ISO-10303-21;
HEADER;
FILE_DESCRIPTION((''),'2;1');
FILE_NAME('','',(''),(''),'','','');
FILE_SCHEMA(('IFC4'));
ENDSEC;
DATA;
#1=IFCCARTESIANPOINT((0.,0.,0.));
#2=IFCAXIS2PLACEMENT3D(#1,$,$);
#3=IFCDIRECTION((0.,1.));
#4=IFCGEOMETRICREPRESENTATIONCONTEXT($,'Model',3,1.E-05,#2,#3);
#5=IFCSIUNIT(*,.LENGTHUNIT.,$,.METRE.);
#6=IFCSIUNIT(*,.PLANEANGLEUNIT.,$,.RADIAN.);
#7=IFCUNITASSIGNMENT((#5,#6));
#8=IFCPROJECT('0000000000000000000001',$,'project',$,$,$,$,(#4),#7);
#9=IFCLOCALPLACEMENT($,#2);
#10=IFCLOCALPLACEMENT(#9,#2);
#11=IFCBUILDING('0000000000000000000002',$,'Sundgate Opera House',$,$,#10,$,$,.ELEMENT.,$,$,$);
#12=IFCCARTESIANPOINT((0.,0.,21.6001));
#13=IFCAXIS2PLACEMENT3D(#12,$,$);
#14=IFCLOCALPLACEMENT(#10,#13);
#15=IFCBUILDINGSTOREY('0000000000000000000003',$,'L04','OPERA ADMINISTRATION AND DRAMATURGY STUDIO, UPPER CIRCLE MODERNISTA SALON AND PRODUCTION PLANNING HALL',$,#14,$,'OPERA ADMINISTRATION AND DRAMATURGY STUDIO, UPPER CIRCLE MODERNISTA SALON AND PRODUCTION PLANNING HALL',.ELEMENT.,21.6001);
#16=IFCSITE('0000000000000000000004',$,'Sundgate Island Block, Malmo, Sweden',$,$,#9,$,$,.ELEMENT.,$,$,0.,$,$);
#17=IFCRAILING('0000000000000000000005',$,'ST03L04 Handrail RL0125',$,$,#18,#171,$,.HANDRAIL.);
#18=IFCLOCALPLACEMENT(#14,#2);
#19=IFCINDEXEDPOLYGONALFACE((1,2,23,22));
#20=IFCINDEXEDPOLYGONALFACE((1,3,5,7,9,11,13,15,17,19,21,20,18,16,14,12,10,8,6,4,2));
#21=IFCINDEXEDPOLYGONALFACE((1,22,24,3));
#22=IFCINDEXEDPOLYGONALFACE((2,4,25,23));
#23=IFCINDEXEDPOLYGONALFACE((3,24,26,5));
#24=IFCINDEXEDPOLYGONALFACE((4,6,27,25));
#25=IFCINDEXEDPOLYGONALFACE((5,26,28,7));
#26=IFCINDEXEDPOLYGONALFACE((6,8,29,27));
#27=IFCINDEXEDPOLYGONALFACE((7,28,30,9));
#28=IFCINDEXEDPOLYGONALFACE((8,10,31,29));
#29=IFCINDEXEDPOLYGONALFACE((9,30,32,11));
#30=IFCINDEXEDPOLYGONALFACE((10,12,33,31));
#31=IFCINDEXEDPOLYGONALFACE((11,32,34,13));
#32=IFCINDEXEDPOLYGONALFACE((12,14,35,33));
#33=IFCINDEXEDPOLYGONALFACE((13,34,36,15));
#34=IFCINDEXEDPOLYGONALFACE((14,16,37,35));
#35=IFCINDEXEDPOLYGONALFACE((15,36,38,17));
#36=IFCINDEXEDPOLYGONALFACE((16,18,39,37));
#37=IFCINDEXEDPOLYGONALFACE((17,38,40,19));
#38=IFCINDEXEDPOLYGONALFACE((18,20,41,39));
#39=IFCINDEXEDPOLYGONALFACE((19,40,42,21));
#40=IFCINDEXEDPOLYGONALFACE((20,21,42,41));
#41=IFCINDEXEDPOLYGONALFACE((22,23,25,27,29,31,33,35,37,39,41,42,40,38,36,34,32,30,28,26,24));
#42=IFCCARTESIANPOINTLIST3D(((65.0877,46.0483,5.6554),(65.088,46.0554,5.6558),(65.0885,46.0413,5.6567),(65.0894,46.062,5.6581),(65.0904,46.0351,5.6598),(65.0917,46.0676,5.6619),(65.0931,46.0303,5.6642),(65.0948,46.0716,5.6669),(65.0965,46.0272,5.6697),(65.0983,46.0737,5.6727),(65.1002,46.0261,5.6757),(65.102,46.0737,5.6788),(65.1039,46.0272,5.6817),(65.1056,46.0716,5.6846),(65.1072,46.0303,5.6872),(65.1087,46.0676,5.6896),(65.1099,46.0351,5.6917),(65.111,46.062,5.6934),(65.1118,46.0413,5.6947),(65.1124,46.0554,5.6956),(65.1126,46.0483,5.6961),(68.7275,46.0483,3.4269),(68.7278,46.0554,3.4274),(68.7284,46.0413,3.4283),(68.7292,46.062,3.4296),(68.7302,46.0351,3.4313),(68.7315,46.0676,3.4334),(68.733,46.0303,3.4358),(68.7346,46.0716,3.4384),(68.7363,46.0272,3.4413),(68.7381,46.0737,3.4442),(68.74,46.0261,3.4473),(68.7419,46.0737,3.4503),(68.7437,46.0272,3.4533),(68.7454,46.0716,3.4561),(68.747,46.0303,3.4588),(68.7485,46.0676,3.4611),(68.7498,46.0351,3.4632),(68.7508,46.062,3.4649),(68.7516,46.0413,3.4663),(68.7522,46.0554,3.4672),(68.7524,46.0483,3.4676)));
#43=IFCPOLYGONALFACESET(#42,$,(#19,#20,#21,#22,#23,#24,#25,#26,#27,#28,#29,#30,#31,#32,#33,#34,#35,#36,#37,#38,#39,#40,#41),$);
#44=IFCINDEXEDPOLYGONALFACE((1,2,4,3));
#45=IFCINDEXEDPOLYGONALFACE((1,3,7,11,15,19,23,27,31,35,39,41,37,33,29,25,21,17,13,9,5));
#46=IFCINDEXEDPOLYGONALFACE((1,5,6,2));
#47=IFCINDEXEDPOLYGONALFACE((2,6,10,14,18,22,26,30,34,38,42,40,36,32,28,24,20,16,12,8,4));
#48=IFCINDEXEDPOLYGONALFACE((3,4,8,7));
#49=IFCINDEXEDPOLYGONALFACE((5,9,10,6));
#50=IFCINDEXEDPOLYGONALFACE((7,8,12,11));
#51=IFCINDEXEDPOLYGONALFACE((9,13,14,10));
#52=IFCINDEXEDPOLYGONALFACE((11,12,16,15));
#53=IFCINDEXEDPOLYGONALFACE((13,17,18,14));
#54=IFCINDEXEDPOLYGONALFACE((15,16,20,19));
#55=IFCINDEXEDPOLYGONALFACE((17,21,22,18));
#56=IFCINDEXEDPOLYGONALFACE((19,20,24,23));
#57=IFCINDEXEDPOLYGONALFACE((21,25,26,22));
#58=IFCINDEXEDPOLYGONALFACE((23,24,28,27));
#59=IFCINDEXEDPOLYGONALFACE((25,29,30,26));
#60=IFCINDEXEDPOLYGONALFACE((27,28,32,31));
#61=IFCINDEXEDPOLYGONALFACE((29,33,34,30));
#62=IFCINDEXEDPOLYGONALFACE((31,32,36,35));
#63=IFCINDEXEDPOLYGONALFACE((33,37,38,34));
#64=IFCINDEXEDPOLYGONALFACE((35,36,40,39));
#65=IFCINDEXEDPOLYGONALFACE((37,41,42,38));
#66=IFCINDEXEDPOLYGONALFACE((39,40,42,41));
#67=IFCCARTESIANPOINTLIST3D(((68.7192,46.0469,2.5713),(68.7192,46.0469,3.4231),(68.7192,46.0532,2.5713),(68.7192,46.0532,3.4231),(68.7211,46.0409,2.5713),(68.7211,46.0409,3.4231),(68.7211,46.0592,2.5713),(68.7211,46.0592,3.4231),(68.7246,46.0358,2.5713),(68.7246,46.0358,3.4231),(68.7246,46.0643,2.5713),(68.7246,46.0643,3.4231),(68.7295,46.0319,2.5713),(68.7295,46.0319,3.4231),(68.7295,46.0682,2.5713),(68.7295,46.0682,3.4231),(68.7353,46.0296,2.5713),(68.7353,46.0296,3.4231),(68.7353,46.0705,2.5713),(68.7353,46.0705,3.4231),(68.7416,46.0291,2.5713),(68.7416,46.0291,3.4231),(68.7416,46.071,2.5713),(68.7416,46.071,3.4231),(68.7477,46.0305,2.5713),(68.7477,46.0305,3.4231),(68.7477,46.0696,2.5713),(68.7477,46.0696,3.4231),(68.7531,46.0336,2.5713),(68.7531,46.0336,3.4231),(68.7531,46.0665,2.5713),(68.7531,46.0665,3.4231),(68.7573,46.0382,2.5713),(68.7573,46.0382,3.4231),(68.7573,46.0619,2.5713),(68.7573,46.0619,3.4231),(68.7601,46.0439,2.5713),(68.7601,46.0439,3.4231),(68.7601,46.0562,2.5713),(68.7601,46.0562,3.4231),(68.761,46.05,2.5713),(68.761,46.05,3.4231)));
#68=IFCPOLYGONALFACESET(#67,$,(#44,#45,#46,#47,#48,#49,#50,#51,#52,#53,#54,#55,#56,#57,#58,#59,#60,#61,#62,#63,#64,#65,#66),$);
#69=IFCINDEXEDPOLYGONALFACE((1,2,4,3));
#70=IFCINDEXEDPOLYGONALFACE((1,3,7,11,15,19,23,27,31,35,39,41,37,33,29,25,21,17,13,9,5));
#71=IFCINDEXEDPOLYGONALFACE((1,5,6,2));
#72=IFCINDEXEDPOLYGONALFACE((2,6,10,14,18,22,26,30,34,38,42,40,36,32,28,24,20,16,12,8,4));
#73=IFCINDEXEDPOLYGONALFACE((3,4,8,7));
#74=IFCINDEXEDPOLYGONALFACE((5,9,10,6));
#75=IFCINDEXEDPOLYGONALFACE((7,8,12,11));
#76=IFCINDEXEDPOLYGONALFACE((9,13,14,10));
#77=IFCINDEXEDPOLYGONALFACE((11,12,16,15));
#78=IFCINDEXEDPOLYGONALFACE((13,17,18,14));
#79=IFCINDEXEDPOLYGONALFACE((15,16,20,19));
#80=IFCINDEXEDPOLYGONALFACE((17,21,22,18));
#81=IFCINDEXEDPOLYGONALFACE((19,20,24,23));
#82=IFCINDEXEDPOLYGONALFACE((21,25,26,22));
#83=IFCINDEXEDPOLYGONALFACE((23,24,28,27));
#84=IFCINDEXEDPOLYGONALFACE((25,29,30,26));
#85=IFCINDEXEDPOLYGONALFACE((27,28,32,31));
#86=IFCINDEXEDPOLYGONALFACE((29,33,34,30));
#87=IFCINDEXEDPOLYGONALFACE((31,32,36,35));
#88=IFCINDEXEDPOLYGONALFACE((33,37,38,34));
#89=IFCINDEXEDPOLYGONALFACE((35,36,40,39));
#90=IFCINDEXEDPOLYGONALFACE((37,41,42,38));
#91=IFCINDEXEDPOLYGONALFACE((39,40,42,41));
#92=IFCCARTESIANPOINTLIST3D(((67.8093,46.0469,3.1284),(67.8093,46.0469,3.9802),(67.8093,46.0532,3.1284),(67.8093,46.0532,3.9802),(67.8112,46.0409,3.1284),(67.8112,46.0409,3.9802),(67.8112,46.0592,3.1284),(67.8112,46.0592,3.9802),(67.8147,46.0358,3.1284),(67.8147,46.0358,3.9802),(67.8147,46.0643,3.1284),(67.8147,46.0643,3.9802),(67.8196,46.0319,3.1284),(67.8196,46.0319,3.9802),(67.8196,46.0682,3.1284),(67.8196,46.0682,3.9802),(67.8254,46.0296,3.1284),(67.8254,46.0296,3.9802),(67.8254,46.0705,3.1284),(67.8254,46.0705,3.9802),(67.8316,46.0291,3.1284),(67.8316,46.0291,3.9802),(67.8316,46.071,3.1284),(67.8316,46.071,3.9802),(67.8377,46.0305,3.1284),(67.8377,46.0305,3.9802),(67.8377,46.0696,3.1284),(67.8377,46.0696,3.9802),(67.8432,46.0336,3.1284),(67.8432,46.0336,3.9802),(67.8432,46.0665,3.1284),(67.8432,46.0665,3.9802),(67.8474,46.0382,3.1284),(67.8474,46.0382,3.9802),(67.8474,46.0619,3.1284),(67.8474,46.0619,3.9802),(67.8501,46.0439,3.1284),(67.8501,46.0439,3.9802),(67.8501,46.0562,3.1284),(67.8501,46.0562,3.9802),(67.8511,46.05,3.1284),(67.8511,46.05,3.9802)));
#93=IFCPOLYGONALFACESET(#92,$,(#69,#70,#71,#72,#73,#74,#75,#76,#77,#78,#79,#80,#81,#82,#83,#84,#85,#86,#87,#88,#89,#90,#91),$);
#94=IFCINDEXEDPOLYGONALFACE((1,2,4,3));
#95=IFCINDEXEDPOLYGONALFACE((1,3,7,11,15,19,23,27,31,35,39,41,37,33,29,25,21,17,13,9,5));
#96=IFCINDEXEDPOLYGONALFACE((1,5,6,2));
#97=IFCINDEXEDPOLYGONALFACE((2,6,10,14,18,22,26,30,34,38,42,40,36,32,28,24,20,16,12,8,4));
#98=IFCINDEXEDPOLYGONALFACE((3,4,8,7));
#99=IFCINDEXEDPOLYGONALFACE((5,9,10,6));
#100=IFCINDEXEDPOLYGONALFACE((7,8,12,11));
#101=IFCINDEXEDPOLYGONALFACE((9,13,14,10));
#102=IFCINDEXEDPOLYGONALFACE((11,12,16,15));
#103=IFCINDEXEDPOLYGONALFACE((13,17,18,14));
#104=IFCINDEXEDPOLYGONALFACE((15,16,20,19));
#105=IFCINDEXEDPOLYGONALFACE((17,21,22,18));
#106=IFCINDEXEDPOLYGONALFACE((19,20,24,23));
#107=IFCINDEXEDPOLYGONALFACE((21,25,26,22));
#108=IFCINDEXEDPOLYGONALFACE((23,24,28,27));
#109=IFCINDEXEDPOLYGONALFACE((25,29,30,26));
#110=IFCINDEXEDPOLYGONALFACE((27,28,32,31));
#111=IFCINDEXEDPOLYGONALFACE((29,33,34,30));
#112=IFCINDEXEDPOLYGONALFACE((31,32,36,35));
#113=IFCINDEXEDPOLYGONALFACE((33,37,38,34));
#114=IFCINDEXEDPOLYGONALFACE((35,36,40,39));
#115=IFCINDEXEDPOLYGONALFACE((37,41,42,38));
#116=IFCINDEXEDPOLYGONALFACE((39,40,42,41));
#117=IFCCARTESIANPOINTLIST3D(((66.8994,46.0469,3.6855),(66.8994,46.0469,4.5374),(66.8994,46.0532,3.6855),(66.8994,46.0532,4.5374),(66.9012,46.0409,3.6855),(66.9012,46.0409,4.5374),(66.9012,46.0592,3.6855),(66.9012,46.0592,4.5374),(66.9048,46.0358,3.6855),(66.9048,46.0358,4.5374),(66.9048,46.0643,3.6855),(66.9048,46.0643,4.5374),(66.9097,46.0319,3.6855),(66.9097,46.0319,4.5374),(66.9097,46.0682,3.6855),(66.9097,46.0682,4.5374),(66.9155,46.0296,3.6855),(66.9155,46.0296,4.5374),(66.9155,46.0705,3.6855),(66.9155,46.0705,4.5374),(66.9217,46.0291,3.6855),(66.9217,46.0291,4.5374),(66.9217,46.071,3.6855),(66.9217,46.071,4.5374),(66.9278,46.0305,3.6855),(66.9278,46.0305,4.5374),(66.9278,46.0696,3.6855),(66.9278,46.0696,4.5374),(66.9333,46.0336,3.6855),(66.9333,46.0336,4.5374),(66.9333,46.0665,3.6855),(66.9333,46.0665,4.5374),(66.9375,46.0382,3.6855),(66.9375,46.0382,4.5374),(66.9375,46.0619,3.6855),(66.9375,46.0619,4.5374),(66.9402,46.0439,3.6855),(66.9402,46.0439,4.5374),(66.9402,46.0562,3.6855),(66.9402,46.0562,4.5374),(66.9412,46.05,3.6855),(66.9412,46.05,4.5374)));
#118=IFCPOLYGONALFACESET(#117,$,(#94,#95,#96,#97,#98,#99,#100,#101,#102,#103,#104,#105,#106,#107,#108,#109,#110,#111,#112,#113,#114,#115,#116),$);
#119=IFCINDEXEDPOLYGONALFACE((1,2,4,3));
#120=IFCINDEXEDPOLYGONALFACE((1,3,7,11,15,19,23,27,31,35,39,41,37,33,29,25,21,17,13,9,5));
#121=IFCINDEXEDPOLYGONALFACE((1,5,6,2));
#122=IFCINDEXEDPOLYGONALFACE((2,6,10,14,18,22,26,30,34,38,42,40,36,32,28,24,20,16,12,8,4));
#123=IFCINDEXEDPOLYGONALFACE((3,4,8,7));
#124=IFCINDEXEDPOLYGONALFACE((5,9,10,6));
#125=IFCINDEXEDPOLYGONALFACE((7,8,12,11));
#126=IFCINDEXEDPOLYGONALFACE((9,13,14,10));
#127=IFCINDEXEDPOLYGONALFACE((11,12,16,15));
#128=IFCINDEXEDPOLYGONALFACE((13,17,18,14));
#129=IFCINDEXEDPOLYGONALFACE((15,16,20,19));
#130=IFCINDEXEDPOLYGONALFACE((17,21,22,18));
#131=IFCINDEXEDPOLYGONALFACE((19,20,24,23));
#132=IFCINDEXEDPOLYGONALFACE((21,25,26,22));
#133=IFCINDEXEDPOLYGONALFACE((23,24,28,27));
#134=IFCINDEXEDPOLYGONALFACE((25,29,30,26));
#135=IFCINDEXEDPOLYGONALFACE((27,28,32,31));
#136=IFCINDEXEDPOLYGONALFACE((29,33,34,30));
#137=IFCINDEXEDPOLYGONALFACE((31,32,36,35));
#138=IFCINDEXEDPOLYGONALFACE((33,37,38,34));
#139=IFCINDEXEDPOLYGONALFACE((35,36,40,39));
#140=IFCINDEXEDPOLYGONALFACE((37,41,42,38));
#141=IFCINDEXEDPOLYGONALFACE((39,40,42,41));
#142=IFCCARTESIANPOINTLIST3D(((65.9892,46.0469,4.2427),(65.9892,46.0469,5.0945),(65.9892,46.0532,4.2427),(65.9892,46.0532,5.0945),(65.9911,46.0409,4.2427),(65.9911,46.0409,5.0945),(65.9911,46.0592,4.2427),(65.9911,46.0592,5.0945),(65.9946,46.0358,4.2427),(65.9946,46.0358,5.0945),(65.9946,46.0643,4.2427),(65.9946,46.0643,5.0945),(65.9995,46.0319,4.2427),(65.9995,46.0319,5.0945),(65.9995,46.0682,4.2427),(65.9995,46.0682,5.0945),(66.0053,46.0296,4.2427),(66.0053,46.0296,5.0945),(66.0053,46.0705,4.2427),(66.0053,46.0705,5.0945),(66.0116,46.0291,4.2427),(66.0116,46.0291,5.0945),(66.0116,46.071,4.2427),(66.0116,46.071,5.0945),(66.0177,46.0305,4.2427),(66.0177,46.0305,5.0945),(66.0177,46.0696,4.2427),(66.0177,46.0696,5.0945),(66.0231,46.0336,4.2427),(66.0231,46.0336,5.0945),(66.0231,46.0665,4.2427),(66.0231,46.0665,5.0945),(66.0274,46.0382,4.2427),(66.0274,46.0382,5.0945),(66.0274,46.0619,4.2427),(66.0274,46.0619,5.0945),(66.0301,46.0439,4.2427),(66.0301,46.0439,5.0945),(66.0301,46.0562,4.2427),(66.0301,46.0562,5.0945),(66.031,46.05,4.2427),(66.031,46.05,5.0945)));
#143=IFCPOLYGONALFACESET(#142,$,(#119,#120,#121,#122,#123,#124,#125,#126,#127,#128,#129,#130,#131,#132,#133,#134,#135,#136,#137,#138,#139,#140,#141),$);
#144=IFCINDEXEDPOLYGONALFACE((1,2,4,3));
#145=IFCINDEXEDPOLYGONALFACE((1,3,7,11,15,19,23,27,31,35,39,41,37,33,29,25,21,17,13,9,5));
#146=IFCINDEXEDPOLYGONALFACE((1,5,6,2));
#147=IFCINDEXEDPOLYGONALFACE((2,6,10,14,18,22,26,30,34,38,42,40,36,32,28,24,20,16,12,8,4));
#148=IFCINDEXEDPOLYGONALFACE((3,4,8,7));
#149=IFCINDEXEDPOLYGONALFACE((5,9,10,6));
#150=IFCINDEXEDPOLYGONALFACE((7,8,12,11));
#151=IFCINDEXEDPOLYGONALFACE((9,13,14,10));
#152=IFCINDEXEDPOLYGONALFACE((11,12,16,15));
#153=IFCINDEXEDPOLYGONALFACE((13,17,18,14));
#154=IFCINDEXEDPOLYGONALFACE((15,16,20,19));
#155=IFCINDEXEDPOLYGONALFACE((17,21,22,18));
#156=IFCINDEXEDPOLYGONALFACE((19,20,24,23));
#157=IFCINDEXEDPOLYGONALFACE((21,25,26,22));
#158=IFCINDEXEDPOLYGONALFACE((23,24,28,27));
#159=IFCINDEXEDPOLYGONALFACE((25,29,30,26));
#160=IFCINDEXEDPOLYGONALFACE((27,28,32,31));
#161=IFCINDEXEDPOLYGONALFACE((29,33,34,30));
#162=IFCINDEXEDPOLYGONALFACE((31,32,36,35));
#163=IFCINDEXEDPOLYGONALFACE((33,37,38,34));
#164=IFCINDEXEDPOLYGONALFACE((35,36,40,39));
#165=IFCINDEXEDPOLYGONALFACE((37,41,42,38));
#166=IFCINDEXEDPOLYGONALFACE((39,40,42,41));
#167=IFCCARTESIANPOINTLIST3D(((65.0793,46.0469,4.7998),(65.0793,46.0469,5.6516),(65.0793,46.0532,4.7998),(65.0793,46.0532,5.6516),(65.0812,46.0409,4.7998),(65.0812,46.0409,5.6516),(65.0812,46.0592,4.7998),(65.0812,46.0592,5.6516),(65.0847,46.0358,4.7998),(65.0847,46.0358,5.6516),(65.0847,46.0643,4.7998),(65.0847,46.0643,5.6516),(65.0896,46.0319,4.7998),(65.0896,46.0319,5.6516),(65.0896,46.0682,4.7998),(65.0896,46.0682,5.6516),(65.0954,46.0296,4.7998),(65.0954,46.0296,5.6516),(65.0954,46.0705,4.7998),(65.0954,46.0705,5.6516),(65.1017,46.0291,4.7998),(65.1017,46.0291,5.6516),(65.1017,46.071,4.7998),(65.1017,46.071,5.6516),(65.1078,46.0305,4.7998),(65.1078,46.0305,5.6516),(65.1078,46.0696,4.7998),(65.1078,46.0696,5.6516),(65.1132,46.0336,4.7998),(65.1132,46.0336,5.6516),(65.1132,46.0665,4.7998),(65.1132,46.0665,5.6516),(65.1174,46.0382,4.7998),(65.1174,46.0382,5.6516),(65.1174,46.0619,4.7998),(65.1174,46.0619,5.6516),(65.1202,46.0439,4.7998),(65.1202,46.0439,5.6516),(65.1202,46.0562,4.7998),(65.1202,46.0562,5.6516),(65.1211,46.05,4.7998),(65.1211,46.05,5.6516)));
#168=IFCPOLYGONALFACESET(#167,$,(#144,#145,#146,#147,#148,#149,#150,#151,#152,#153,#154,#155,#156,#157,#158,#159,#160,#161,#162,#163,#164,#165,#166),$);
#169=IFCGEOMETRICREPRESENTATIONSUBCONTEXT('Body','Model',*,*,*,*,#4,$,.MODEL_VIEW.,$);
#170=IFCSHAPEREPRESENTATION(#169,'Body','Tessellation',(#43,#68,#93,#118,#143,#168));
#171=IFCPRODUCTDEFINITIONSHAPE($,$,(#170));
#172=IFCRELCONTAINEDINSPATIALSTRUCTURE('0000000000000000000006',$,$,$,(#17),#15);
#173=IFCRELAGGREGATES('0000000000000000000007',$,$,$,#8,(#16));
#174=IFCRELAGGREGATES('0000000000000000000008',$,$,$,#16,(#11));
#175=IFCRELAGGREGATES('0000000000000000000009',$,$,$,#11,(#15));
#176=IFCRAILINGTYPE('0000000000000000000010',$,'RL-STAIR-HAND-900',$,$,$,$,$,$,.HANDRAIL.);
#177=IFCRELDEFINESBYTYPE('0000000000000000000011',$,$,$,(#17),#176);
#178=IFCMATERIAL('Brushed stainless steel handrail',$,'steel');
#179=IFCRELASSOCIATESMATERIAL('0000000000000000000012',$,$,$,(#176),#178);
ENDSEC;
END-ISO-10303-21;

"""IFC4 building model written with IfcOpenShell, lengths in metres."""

from ifc_helpers import new_model, si_unit, direction, frame, origin, origin_2d, place, context, subcontext, project, spatial, circle, extrude, material, type_object, element, save


model = new_model("IFC4")

# Units and contexts
model_context = context("Model", 3, precision=1e-05, world=origin(), true_north=direction((0.0, 1.0)))
body_context = subcontext(model_context, "Body", "Model", "MODEL_VIEW")
ifc_project = project(units=[si_unit("LENGTHUNIT", "METRE"), si_unit("PLANEANGLEUNIT", "RADIAN")], contexts=[model_context])

# Site, building, storey
site_placement = place(None, origin())
site = spatial("IfcSite", under=ifc_project, at=site_placement, Name="Sundgate Island Block, Malmo, Sweden", CompositionType="ELEMENT", RefElevation=0.0)
building_placement = place(site_placement, origin())
building = spatial("IfcBuilding", under=site, at=building_placement, Name="Sundgate Opera House", CompositionType="ELEMENT")
storey_placement = place(building_placement, frame((0.0, 0.0, 21.6001)))
storey = spatial("IfcBuildingStorey", under=building, at=storey_placement, Name="L04", Description="OPERA ADMINISTRATION AND DRAMATURGY STUDIO, UPPER CIRCLE MODERNISTA SALON AND PRODUCTION PLANNING HALL", LongName="OPERA ADMINISTRATION AND DRAMATURGY STUDIO, UPPER CIRCLE MODERNISTA SALON AND PRODUCTION PLANNING HALL", CompositionType="ELEMENT", Elevation=21.6001)

# Railing
ifc_material_1 = material(Name="Brushed stainless steel handrail", Category="steel")
railing_type = type_object("IfcRailingType", Name="RL-STAIR-HAND-900", PredefinedType="HANDRAIL", material=ifc_material_1)
railing_placement = place(storey_placement, frame((68.74, 46.05, 2.5713)))
element("IfcRailing", 1, at=railing_placement, inside=storey, type_object=railing_type, Name="ST03L04 Handrail RL0125", PredefinedType="HANDRAIL", context=body_context, shape_type="SweptSolid", body=[
    extrude(circle(Radius=0.0239, at=origin_2d()), frame((0.0, 0.0, 0.876), z_axis=(-0.85285, 0.0, 0.522156), x_axis=(0.0, -1.0, 0.0)), (0.0, 0.0, 1.0), 4.2678),
    extrude(circle(Radius=0.021, at=origin_2d()), origin(), (0.0, 0.0, 1.0), 0.8518),
    extrude(circle(Radius=0.021, at=origin_2d()), frame((-0.9099, 0.0, 0.5571)), (0.0, 0.0, 1.0), 0.8518),
    extrude(circle(Radius=0.021, at=origin_2d()), frame((-1.8198, 0.0, 1.1143)), (0.0, 0.0, 1.0), 0.8518),
    extrude(circle(Radius=0.021, at=origin_2d()), frame((-2.73, 0.0, 1.6714)), (0.0, 0.0, 1.0), 0.8518),
    extrude(circle(Radius=0.021, at=origin_2d()), frame((-3.6399, 0.0, 2.2285)), (0.0, 0.0, 1.0), 0.8518),
])

save(model, "model.ifc")
